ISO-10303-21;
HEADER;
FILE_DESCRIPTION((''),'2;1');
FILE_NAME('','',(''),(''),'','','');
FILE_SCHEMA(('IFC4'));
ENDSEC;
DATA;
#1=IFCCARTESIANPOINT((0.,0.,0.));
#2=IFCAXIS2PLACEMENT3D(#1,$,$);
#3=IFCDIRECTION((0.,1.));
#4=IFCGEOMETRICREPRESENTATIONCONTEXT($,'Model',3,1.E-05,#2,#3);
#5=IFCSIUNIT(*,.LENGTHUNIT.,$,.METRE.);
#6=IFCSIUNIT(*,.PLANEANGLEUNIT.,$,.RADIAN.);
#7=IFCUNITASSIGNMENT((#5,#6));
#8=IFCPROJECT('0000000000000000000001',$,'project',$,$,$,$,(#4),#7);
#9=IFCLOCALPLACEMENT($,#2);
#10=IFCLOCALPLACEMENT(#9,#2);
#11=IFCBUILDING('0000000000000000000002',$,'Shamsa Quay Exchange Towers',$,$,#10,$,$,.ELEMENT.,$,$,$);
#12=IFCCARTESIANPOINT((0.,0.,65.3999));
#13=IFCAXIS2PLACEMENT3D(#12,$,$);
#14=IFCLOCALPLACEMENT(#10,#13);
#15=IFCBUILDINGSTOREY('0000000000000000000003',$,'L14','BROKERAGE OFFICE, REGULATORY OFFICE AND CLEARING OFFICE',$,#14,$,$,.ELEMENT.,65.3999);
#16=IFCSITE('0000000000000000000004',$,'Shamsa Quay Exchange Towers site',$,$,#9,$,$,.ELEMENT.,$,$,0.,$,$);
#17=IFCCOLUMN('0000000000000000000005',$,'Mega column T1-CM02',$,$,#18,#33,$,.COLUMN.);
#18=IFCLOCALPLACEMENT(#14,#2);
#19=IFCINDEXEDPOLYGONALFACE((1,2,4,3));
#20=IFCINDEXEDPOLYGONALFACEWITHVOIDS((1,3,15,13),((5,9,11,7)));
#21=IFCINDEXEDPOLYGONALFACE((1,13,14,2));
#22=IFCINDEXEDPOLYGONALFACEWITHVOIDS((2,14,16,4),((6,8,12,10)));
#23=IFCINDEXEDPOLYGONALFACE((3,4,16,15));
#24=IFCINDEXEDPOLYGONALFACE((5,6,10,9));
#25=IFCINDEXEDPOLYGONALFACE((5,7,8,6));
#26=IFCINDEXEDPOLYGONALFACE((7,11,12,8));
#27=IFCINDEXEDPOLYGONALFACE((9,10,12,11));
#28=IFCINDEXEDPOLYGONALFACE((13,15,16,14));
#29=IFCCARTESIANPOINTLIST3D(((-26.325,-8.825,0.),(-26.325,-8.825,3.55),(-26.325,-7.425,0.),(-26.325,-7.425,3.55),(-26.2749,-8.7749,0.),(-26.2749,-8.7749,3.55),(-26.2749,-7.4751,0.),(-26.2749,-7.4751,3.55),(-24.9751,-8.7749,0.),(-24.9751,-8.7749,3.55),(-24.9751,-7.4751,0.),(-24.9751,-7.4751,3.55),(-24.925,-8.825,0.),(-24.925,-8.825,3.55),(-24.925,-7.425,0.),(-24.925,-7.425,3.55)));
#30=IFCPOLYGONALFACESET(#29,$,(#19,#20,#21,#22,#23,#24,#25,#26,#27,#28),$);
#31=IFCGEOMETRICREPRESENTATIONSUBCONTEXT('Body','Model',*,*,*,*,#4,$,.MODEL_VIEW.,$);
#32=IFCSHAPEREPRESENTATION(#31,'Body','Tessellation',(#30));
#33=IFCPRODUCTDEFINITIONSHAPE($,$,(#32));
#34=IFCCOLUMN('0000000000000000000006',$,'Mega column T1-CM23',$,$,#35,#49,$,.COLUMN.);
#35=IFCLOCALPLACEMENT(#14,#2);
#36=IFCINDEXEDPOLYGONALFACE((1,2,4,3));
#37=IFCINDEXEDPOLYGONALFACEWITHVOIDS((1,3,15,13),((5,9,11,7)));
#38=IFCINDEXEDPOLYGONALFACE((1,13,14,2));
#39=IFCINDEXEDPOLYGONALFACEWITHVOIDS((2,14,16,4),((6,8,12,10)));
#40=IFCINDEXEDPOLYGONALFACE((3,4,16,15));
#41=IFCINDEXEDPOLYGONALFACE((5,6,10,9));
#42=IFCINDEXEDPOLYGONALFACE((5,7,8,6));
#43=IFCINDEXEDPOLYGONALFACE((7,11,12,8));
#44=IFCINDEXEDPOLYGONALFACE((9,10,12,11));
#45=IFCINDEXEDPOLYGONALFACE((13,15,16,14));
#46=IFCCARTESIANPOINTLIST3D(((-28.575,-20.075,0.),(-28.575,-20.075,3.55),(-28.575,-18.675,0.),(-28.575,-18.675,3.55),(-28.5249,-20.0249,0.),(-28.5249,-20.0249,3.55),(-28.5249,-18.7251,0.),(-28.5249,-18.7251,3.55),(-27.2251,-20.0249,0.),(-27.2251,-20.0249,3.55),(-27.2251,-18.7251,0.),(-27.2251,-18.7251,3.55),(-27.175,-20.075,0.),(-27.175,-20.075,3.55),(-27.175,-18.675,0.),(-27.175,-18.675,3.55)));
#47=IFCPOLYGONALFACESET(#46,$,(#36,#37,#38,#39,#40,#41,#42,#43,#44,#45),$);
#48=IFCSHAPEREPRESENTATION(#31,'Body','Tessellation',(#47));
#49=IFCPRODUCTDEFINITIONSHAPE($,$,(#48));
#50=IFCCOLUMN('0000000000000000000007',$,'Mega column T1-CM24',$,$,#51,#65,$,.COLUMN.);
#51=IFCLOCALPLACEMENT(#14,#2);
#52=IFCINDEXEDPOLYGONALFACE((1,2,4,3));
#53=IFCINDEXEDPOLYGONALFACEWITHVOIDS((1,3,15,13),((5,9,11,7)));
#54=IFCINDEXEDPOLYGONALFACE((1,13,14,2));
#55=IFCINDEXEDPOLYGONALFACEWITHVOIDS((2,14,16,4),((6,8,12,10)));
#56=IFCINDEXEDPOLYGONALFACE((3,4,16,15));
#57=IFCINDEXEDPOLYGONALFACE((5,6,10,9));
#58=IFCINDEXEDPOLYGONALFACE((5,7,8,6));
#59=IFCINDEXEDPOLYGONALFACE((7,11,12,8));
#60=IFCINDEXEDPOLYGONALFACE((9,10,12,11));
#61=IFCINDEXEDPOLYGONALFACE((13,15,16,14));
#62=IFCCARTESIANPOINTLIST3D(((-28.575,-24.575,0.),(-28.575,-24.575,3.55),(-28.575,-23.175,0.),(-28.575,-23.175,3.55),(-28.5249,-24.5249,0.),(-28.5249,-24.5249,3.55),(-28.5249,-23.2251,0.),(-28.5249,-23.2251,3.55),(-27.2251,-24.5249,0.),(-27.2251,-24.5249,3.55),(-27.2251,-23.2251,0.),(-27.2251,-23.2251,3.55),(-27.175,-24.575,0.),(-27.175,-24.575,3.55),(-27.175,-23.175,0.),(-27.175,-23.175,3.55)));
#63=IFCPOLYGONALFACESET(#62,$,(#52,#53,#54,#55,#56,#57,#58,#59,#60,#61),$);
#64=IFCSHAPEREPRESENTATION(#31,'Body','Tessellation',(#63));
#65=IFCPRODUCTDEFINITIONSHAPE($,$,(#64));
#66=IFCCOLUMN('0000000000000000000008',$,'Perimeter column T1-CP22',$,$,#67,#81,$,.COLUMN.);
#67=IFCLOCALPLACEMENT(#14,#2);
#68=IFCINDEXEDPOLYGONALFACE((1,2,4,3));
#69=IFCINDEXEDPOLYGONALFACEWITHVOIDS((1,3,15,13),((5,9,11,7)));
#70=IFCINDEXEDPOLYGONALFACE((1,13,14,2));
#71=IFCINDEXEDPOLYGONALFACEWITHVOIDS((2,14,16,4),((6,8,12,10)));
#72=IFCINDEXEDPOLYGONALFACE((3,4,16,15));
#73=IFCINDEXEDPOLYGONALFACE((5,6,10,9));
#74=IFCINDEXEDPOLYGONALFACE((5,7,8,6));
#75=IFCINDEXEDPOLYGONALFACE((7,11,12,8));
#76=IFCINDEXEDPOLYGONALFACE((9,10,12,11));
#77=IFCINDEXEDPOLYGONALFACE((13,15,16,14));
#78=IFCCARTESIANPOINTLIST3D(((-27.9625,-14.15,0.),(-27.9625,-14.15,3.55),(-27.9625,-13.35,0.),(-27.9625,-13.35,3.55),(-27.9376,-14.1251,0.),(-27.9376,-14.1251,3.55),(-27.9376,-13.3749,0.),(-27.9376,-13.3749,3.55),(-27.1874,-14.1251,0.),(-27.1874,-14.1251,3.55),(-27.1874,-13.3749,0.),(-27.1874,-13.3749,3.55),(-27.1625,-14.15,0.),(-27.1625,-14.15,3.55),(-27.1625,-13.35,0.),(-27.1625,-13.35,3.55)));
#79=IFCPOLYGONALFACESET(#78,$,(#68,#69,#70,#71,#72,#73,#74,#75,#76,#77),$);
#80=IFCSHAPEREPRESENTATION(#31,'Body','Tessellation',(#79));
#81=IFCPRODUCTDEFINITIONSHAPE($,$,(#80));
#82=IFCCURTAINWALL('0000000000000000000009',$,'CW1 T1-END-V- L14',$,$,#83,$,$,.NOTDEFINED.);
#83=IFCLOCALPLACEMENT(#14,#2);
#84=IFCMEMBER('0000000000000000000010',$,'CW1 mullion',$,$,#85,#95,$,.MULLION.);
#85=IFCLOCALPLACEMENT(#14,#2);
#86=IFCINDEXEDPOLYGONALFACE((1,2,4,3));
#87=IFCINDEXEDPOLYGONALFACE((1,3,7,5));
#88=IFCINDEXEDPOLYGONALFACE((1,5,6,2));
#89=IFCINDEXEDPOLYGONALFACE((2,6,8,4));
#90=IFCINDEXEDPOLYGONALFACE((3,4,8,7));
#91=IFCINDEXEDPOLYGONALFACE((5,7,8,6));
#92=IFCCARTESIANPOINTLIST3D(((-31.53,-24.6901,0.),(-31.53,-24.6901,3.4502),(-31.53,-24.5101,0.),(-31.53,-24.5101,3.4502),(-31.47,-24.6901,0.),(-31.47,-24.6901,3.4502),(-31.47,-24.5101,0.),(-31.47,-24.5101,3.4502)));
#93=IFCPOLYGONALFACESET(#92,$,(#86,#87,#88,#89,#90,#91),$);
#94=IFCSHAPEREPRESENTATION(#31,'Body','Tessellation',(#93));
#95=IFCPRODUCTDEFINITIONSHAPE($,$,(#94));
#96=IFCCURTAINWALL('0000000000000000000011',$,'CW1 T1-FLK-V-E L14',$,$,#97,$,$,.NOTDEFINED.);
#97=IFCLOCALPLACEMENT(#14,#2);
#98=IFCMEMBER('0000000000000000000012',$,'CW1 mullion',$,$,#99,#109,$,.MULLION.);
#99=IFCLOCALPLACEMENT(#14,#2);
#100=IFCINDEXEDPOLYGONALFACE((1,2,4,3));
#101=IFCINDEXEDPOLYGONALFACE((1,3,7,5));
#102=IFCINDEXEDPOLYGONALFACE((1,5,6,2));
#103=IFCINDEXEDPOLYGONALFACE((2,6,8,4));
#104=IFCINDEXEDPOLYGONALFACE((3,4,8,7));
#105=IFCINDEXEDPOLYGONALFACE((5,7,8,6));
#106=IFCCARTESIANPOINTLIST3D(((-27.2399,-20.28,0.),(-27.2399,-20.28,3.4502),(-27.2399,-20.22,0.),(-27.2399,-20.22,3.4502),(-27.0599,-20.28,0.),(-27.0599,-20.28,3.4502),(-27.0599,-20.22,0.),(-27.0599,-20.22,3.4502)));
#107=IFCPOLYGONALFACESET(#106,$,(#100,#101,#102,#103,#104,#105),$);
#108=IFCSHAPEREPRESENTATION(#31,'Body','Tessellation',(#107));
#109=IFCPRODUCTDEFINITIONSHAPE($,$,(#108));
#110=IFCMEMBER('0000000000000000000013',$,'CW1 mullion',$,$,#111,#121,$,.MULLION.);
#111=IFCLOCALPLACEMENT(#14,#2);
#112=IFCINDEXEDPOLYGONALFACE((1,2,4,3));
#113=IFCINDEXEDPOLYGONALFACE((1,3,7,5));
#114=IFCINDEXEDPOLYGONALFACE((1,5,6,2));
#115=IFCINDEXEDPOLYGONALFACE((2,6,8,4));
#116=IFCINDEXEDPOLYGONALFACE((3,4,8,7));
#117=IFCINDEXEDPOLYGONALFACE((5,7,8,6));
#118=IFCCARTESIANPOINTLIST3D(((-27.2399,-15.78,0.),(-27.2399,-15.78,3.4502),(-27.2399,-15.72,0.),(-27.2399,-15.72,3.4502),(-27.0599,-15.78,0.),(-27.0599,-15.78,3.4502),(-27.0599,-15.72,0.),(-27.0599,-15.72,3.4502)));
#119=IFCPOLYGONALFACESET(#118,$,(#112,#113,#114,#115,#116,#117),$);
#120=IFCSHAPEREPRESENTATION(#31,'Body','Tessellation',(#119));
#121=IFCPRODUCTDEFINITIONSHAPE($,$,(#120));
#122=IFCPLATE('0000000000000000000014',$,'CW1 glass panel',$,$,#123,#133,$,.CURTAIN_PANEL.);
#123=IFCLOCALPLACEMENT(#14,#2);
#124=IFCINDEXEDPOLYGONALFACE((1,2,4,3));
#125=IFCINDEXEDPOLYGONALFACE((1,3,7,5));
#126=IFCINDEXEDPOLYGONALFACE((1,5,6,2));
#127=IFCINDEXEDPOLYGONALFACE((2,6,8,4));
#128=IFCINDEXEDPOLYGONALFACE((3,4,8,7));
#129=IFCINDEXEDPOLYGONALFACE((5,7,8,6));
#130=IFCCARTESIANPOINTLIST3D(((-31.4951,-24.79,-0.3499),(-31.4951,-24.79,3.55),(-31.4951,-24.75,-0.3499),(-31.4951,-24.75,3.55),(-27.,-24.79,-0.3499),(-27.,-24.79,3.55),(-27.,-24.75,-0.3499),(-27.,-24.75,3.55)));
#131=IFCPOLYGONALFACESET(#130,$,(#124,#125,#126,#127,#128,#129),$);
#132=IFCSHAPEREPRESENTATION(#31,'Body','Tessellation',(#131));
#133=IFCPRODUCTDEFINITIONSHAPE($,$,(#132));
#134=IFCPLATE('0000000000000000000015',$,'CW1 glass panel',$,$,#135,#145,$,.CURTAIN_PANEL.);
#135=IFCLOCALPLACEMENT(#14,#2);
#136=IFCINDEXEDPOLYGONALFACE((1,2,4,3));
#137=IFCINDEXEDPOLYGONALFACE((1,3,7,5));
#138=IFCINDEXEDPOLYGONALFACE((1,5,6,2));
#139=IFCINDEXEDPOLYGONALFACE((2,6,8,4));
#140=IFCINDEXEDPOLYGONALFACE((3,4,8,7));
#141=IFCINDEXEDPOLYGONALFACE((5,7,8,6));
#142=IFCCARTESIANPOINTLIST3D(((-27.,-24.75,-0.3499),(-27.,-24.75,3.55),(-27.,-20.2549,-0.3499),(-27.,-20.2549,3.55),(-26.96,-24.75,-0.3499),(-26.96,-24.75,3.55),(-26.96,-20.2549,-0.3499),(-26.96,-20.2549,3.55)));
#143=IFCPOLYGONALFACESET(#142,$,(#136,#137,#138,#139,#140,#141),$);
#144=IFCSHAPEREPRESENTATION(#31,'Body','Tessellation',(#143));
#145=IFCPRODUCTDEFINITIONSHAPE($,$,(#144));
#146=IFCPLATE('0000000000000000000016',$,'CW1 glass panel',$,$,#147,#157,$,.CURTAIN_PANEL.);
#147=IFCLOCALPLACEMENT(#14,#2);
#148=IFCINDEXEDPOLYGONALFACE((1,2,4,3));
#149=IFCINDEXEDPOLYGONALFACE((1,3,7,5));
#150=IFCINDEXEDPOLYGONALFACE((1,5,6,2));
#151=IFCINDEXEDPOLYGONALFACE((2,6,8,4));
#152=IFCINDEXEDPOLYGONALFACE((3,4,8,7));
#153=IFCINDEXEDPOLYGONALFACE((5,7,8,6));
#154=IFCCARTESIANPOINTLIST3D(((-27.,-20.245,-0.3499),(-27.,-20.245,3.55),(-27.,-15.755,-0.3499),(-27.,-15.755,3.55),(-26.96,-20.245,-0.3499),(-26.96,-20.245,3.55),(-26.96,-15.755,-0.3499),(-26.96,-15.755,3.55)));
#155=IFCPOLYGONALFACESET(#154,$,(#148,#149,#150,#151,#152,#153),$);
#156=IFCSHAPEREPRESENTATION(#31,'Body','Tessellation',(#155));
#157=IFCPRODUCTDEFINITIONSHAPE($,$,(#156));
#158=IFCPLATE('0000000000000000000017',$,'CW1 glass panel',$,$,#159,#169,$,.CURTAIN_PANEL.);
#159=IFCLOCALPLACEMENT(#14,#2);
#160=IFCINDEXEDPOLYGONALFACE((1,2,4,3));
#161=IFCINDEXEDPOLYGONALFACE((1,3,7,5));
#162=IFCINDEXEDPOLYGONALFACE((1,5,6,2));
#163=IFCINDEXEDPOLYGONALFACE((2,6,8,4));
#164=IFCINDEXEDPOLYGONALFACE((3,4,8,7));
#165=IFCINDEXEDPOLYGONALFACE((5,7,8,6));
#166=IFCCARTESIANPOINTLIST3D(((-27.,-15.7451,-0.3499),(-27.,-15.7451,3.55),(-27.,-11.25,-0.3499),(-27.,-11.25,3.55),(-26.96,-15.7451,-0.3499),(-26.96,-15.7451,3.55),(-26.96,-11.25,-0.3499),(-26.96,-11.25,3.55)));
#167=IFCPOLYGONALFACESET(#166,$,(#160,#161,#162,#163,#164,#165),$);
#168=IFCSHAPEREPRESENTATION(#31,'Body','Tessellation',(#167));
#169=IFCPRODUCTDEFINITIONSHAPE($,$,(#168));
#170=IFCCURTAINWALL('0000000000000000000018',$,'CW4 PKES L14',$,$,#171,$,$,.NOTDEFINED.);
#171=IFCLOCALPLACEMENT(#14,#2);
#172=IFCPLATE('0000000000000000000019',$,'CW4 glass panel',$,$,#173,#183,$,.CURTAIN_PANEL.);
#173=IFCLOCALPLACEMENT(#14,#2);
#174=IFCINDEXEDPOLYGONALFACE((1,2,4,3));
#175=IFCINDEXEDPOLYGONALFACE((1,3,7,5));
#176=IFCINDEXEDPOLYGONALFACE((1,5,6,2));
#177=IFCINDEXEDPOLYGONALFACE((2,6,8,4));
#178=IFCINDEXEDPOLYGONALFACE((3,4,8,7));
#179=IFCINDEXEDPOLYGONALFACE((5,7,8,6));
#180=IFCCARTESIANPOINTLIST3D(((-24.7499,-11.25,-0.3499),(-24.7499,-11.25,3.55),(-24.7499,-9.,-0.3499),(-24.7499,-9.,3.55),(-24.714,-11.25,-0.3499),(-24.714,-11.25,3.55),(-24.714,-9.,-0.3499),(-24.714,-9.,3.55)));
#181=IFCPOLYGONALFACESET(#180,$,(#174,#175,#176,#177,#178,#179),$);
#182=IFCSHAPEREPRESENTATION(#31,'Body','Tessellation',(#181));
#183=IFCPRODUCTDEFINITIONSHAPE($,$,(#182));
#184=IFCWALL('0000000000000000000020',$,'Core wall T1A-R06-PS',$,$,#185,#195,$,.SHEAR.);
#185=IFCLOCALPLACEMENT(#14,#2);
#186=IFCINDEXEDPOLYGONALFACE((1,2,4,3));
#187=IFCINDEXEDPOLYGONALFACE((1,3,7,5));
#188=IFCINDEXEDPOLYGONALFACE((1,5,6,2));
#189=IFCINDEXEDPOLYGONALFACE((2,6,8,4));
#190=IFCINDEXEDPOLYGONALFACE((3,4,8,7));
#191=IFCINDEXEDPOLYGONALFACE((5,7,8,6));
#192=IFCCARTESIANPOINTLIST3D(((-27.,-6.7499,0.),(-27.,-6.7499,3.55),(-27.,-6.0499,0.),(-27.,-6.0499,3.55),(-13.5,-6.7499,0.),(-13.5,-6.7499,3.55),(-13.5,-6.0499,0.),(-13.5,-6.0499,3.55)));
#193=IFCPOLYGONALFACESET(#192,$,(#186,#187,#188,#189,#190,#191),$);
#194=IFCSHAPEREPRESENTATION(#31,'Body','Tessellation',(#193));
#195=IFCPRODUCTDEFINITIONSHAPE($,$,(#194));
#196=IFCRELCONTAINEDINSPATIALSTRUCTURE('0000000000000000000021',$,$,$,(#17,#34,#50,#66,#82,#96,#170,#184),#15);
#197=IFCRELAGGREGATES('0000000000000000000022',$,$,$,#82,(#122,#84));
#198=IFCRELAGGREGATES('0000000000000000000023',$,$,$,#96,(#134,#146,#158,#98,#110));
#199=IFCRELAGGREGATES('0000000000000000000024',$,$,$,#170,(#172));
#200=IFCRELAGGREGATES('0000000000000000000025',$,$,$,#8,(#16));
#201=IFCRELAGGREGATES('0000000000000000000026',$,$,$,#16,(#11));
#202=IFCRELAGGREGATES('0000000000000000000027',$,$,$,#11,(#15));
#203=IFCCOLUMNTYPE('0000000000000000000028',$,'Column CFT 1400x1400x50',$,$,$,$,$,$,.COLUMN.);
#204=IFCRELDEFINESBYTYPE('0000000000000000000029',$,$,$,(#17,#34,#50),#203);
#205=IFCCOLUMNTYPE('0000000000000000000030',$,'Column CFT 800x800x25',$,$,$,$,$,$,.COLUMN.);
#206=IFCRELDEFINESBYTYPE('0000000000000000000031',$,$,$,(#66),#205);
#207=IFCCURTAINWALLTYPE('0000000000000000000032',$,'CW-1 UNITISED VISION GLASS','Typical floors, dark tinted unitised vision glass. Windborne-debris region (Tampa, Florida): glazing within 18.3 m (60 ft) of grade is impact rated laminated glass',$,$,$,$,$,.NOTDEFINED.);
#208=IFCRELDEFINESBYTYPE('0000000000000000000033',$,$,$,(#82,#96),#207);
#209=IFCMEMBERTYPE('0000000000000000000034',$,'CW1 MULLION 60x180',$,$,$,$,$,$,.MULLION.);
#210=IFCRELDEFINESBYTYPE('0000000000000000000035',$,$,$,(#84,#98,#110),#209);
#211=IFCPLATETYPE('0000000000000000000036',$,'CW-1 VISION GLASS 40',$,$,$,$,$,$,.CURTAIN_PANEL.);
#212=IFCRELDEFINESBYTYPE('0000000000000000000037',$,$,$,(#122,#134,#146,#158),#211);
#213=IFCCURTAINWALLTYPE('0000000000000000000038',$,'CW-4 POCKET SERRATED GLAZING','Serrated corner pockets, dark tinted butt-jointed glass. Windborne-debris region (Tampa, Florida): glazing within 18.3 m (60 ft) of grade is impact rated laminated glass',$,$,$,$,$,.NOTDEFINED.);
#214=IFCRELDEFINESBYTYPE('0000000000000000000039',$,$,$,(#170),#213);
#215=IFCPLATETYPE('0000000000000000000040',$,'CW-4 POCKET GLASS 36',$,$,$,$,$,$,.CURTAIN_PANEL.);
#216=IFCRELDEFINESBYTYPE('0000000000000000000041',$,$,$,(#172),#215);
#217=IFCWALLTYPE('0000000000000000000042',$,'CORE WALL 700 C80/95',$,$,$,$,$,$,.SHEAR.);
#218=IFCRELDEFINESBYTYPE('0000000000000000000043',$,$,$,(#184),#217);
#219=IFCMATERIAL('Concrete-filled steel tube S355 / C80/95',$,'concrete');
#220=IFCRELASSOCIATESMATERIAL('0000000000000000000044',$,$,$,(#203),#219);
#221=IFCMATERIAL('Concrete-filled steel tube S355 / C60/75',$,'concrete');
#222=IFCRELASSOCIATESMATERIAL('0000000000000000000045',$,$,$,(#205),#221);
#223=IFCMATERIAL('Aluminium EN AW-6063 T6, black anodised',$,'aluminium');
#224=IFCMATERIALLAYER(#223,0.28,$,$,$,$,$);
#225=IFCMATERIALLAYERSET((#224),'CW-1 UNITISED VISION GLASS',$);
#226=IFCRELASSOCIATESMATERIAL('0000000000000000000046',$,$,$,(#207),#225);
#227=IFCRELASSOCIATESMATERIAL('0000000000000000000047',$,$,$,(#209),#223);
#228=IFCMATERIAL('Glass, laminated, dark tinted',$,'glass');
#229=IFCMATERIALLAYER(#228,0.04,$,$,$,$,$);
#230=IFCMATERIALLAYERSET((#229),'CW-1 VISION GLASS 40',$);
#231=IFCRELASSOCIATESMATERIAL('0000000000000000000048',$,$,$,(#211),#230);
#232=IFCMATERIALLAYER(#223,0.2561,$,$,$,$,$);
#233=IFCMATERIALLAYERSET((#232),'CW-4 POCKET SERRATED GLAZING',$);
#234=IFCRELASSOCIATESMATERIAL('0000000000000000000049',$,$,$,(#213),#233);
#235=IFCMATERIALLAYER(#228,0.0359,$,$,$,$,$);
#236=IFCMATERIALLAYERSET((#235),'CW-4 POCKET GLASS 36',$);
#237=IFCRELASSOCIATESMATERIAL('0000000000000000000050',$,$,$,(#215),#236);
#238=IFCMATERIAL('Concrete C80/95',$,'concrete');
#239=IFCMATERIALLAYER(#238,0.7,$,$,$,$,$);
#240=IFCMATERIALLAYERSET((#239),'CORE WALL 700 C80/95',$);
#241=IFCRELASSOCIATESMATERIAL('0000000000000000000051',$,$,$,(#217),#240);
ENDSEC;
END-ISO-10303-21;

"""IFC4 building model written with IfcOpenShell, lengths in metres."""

from ifc_helpers import new_model, si_unit, direction, frame, frame_2d, origin, origin_2d, place, context, subcontext, project, spatial, rectangle, hollow_rectangle, extrude, material, layer, layer_set, material_profile, profile_set, type_object, element, aggregate, save


model = new_model("IFC4")

# Units and contexts
model_context = context("Model", 3, precision=1e-05, world=origin(), true_north=direction((0.0, 1.0)))
body_context = subcontext(model_context, "Body", "Model", "MODEL_VIEW")
ifc_project = project(units=[si_unit("LENGTHUNIT", "METRE"), si_unit("PLANEANGLEUNIT", "RADIAN")], contexts=[model_context])

# Site, building, storey
site_placement = place(None, origin())
site = spatial("IfcSite", under=ifc_project, at=site_placement, Name="Shamsa Quay Exchange Towers site", CompositionType="ELEMENT", RefElevation=0.0)
building_placement = place(site_placement, origin())
building = spatial("IfcBuilding", under=site, at=building_placement, Name="Shamsa Quay Exchange Towers", CompositionType="ELEMENT")
storey_placement = place(building_placement, frame((0.0, 0.0, 65.3999)))
storey = spatial("IfcBuildingStorey", under=building, at=storey_placement, Name="L14", Description="BROKERAGE OFFICE, REGULATORY OFFICE AND CLEARING OFFICE", CompositionType="ELEMENT", Elevation=65.3999)

# Columns
ifc_material_1 = material(Name="Concrete-filled steel tube S355 / C80/95", Category="concrete")
ifc_material_profile_1 = material_profile(ifc_material_1, hollow_rectangle(XDim=1.3999, YDim=1.3999, WallThickness=0.05, at=origin_2d()), Name="CFT 1400x1400x50")
ifc_profile_set_1 = profile_set([ifc_material_profile_1], Name="Concrete-filled steel tube S355 / C80/95")
column_type_1 = type_object("IfcColumnType", Name="Column CFT 1400x1400x50", PredefinedType="COLUMN", material=ifc_profile_set_1)
for number, where, name in (
    (1, (-25.625, -8.125, 0.0), "Mega column T1-CM02"),
    (2, (-27.875, -19.375, 0.0), "Mega column T1-CM23"),
    (3, (-27.875, -23.875, 0.0), "Mega column T1-CM24"),
):
    element("IfcColumn", number, at=place(storey_placement, frame(where)), inside=storey, type_object=column_type_1, Name=name, PredefinedType="COLUMN", context=body_context, shape_type="SweptSolid", body=[
        extrude(hollow_rectangle(XDim=1.3999, YDim=1.3999, WallThickness=0.05, at=origin_2d()), origin(), (0.0, 0.0, 1.0), 3.55),
    ])
ifc_material_2 = material(Name="Concrete-filled steel tube S355 / C60/75", Category="concrete")
ifc_material_profile_2 = material_profile(ifc_material_2, hollow_rectangle(XDim=0.8, YDim=0.8, WallThickness=0.0249, at=origin_2d()), Name="CFT 800x800x25")
ifc_profile_set_2 = profile_set([ifc_material_profile_2], Name="Concrete-filled steel tube S355 / C60/75")
column_type_2 = type_object("IfcColumnType", Name="Column CFT 800x800x25", PredefinedType="COLUMN", material=ifc_profile_set_2)
column_placement = place(storey_placement, frame((-27.5625, -13.75, 0.0)))
element("IfcColumn", 4, at=column_placement, inside=storey, type_object=column_type_2, Name="Perimeter column T1-CP22", PredefinedType="COLUMN", context=body_context, shape_type="SweptSolid", body=[
    extrude(hollow_rectangle(XDim=0.8, YDim=0.8, WallThickness=0.0249, at=origin_2d()), origin(), (0.0, 0.0, 1.0), 3.55),
])

# Curtain wall, member
ifc_material_3 = material(Name="Aluminium EN AW-6063 T6, black anodised", Category="aluminium")
ifc_layer_1 = layer(ifc_material_3, 0.28)
ifc_layer_set_1 = layer_set([ifc_layer_1], Name="CW-1 UNITISED VISION GLASS")
curtain_wall_type_1 = type_object("IfcCurtainWallType", Name="CW-1 UNITISED VISION GLASS", Description="Typical floors, dark tinted unitised vision glass. Windborne-debris region (Tampa, Florida): glazing within 18.3 m (60 ft) of grade is impact rated laminated glass", PredefinedType="NOTDEFINED", material=ifc_layer_set_1)
curtain_wall_1_placement = place(storey_placement, origin())
curtain_wall_1 = element("IfcCurtainWall", 5, at=curtain_wall_1_placement, inside=storey, type_object=curtain_wall_type_1, Name="CW1 T1-END-V- L14", PredefinedType="NOTDEFINED")
ifc_material_profile_3 = material_profile(ifc_material_3, rectangle(XDim=0.1799, YDim=0.0601, at=origin_2d()), Name="MU60x180")
ifc_profile_set_3 = profile_set([ifc_material_profile_3], Name="Aluminium EN AW-6063 T6, black anodised")
member_type = type_object("IfcMemberType", Name="CW1 MULLION 60x180", PredefinedType="MULLION", material=ifc_profile_set_3)
member_1_placement = place(storey_placement, frame((-31.5, -24.6001, 0.0), z_axis=(0.0, 0.0, 1.0), x_axis=(0.0, 1.0, 0.0)))
member_1 = element("IfcMember", 6, at=member_1_placement, type_object=member_type, Name="CW1 mullion", PredefinedType="MULLION", context=body_context, shape_type="SweptSolid", body=[
    extrude(rectangle(XDim=0.1799, YDim=0.0601, at=origin_2d()), origin(), (0.0, 0.0, 1.0), 3.4502),
])

# Curtain wall, members
curtain_wall_2_placement = place(storey_placement, origin())
curtain_wall_2 = element("IfcCurtainWall", 7, at=curtain_wall_2_placement, inside=storey, type_object=curtain_wall_type_1, Name="CW1 T1-FLK-V-E L14", PredefinedType="NOTDEFINED")
member_2_placement = place(storey_placement, frame((-27.1499, -20.25, 0.0), z_axis=(0.0, 0.0, 1.0), x_axis=(-1.0, 0.0, 0.0)))
member_2 = element("IfcMember", 8, at=member_2_placement, type_object=member_type, Name="CW1 mullion", PredefinedType="MULLION", context=body_context, shape_type="SweptSolid", body=[
    extrude(rectangle(XDim=0.1799, YDim=0.0601, at=origin_2d()), origin(), (0.0, 0.0, 1.0), 3.4502),
])
member_3_placement = place(storey_placement, frame((-27.1499, -15.75, 0.0), z_axis=(0.0, 0.0, 1.0), x_axis=(-1.0, 0.0, 0.0)))
member_3 = element("IfcMember", 9, at=member_3_placement, type_object=member_type, Name="CW1 mullion", PredefinedType="MULLION", context=body_context, shape_type="SweptSolid", body=[
    extrude(rectangle(XDim=0.1799, YDim=0.0601, at=origin_2d()), origin(), (0.0, 0.0, 1.0), 3.4502),
])

# Plates
ifc_material_4 = material(Name="Glass, laminated, dark tinted", Category="glass")
ifc_layer_2 = layer(ifc_material_4, 0.04)
ifc_layer_set_2 = layer_set([ifc_layer_2], Name="CW-1 VISION GLASS 40")
plate_type_1 = type_object("IfcPlateType", Name="CW-1 VISION GLASS 40", PredefinedType="CURTAIN_PANEL", material=ifc_layer_set_2)
plate_1_placement = place(storey_placement, frame((-29.2476, -24.77, -0.3499)))
plate_1 = element("IfcPlate", 10, at=plate_1_placement, type_object=plate_type_1, Name="CW1 glass panel", PredefinedType="CURTAIN_PANEL", context=body_context, shape_type="SweptSolid", body=[
    extrude(rectangle(XDim=4.4951, YDim=0.04, at=origin_2d()), origin(), (0.0, 0.0, 1.0), 3.8999),
])
aggregate(curtain_wall_1, [plate_1, member_1])
plate_2_placement = place(storey_placement, frame((-26.98, -22.5024, -0.3499), z_axis=(0.0, 0.0, 1.0), x_axis=(0.0, 1.0, 0.0)))
plate_2 = element("IfcPlate", 11, at=plate_2_placement, type_object=plate_type_1, Name="CW1 glass panel", PredefinedType="CURTAIN_PANEL", context=body_context, shape_type="SweptSolid", body=[
    extrude(rectangle(XDim=4.4951, YDim=0.04, at=origin_2d()), origin(), (0.0, 0.0, 1.0), 3.8999),
])
plate_3_placement = place(storey_placement, frame((-26.98, -18.0, -0.3499), z_axis=(0.0, 0.0, 1.0), x_axis=(0.0, 1.0, 0.0)))
plate_3 = element("IfcPlate", 12, at=plate_3_placement, type_object=plate_type_1, Name="CW1 glass panel", PredefinedType="CURTAIN_PANEL", context=body_context, shape_type="SweptSolid", body=[
    extrude(rectangle(XDim=4.49, YDim=0.04, at=origin_2d()), origin(), (0.0, 0.0, 1.0), 3.8999),
])
plate_4_placement = place(storey_placement, frame((-26.98, -13.4976, -0.3499), z_axis=(0.0, 0.0, 1.0), x_axis=(0.0, 1.0, 0.0)))
plate_4 = element("IfcPlate", 13, at=plate_4_placement, type_object=plate_type_1, Name="CW1 glass panel", PredefinedType="CURTAIN_PANEL", context=body_context, shape_type="SweptSolid", body=[
    extrude(rectangle(XDim=4.4951, YDim=0.04, at=origin_2d()), origin(), (0.0, 0.0, 1.0), 3.8999),
])
aggregate(curtain_wall_2, [plate_2, plate_3, plate_4, member_2, member_3])

# Curtain wall, plate
ifc_layer_3 = layer(ifc_material_3, 0.2561)
ifc_layer_set_3 = layer_set([ifc_layer_3], Name="CW-4 POCKET SERRATED GLAZING")
curtain_wall_type_2 = type_object("IfcCurtainWallType", Name="CW-4 POCKET SERRATED GLAZING", Description="Serrated corner pockets, dark tinted butt-jointed glass. Windborne-debris region (Tampa, Florida): glazing within 18.3 m (60 ft) of grade is impact rated laminated glass", PredefinedType="NOTDEFINED", material=ifc_layer_set_3)
curtain_wall_3_placement = place(storey_placement, origin())
curtain_wall_3 = element("IfcCurtainWall", 14, at=curtain_wall_3_placement, inside=storey, type_object=curtain_wall_type_2, Name="CW4 PKES L14", PredefinedType="NOTDEFINED")
ifc_layer_4 = layer(ifc_material_4, 0.0359)
ifc_layer_set_4 = layer_set([ifc_layer_4], Name="CW-4 POCKET GLASS 36")
plate_type_2 = type_object("IfcPlateType", Name="CW-4 POCKET GLASS 36", PredefinedType="CURTAIN_PANEL", material=ifc_layer_set_4)
plate_5_placement = place(storey_placement, frame((-24.7319, -10.125, -0.3499), z_axis=(0.0, 0.0, 1.0), x_axis=(0.0, 1.0, 0.0)))
plate_5 = element("IfcPlate", 15, at=plate_5_placement, type_object=plate_type_2, Name="CW4 glass panel", PredefinedType="CURTAIN_PANEL", context=body_context, shape_type="SweptSolid", body=[
    extrude(rectangle(XDim=2.25, YDim=0.0359, at=origin_2d()), origin(), (0.0, 0.0, 1.0), 3.8999),
])
aggregate(curtain_wall_3, [plate_5])

# Wall
ifc_material_5 = material(Name="Concrete C80/95", Category="concrete")
ifc_layer_5 = layer(ifc_material_5, 0.7)
ifc_layer_set_5 = layer_set([ifc_layer_5], Name="CORE WALL 700 C80/95")
wall_type_1 = type_object("IfcWallType", Name="CORE WALL 700 C80/95", PredefinedType="SHEAR", material=ifc_layer_set_5)
wall_1_placement = place(storey_placement, frame((-27.0, -6.3999, 0.0)))
element("IfcWall", 16, at=wall_1_placement, inside=storey, type_object=wall_type_1, Name="Core wall T1A-R06-PS", PredefinedType="SHEAR", context=body_context, shape_type="SweptSolid", body=[
    extrude(rectangle(XDim=13.5, YDim=0.7, at=frame_2d((6.75, 0.0))), origin(), (0.0, 0.0, 1.0), 3.55),
])

save(model, "model.ifc")
